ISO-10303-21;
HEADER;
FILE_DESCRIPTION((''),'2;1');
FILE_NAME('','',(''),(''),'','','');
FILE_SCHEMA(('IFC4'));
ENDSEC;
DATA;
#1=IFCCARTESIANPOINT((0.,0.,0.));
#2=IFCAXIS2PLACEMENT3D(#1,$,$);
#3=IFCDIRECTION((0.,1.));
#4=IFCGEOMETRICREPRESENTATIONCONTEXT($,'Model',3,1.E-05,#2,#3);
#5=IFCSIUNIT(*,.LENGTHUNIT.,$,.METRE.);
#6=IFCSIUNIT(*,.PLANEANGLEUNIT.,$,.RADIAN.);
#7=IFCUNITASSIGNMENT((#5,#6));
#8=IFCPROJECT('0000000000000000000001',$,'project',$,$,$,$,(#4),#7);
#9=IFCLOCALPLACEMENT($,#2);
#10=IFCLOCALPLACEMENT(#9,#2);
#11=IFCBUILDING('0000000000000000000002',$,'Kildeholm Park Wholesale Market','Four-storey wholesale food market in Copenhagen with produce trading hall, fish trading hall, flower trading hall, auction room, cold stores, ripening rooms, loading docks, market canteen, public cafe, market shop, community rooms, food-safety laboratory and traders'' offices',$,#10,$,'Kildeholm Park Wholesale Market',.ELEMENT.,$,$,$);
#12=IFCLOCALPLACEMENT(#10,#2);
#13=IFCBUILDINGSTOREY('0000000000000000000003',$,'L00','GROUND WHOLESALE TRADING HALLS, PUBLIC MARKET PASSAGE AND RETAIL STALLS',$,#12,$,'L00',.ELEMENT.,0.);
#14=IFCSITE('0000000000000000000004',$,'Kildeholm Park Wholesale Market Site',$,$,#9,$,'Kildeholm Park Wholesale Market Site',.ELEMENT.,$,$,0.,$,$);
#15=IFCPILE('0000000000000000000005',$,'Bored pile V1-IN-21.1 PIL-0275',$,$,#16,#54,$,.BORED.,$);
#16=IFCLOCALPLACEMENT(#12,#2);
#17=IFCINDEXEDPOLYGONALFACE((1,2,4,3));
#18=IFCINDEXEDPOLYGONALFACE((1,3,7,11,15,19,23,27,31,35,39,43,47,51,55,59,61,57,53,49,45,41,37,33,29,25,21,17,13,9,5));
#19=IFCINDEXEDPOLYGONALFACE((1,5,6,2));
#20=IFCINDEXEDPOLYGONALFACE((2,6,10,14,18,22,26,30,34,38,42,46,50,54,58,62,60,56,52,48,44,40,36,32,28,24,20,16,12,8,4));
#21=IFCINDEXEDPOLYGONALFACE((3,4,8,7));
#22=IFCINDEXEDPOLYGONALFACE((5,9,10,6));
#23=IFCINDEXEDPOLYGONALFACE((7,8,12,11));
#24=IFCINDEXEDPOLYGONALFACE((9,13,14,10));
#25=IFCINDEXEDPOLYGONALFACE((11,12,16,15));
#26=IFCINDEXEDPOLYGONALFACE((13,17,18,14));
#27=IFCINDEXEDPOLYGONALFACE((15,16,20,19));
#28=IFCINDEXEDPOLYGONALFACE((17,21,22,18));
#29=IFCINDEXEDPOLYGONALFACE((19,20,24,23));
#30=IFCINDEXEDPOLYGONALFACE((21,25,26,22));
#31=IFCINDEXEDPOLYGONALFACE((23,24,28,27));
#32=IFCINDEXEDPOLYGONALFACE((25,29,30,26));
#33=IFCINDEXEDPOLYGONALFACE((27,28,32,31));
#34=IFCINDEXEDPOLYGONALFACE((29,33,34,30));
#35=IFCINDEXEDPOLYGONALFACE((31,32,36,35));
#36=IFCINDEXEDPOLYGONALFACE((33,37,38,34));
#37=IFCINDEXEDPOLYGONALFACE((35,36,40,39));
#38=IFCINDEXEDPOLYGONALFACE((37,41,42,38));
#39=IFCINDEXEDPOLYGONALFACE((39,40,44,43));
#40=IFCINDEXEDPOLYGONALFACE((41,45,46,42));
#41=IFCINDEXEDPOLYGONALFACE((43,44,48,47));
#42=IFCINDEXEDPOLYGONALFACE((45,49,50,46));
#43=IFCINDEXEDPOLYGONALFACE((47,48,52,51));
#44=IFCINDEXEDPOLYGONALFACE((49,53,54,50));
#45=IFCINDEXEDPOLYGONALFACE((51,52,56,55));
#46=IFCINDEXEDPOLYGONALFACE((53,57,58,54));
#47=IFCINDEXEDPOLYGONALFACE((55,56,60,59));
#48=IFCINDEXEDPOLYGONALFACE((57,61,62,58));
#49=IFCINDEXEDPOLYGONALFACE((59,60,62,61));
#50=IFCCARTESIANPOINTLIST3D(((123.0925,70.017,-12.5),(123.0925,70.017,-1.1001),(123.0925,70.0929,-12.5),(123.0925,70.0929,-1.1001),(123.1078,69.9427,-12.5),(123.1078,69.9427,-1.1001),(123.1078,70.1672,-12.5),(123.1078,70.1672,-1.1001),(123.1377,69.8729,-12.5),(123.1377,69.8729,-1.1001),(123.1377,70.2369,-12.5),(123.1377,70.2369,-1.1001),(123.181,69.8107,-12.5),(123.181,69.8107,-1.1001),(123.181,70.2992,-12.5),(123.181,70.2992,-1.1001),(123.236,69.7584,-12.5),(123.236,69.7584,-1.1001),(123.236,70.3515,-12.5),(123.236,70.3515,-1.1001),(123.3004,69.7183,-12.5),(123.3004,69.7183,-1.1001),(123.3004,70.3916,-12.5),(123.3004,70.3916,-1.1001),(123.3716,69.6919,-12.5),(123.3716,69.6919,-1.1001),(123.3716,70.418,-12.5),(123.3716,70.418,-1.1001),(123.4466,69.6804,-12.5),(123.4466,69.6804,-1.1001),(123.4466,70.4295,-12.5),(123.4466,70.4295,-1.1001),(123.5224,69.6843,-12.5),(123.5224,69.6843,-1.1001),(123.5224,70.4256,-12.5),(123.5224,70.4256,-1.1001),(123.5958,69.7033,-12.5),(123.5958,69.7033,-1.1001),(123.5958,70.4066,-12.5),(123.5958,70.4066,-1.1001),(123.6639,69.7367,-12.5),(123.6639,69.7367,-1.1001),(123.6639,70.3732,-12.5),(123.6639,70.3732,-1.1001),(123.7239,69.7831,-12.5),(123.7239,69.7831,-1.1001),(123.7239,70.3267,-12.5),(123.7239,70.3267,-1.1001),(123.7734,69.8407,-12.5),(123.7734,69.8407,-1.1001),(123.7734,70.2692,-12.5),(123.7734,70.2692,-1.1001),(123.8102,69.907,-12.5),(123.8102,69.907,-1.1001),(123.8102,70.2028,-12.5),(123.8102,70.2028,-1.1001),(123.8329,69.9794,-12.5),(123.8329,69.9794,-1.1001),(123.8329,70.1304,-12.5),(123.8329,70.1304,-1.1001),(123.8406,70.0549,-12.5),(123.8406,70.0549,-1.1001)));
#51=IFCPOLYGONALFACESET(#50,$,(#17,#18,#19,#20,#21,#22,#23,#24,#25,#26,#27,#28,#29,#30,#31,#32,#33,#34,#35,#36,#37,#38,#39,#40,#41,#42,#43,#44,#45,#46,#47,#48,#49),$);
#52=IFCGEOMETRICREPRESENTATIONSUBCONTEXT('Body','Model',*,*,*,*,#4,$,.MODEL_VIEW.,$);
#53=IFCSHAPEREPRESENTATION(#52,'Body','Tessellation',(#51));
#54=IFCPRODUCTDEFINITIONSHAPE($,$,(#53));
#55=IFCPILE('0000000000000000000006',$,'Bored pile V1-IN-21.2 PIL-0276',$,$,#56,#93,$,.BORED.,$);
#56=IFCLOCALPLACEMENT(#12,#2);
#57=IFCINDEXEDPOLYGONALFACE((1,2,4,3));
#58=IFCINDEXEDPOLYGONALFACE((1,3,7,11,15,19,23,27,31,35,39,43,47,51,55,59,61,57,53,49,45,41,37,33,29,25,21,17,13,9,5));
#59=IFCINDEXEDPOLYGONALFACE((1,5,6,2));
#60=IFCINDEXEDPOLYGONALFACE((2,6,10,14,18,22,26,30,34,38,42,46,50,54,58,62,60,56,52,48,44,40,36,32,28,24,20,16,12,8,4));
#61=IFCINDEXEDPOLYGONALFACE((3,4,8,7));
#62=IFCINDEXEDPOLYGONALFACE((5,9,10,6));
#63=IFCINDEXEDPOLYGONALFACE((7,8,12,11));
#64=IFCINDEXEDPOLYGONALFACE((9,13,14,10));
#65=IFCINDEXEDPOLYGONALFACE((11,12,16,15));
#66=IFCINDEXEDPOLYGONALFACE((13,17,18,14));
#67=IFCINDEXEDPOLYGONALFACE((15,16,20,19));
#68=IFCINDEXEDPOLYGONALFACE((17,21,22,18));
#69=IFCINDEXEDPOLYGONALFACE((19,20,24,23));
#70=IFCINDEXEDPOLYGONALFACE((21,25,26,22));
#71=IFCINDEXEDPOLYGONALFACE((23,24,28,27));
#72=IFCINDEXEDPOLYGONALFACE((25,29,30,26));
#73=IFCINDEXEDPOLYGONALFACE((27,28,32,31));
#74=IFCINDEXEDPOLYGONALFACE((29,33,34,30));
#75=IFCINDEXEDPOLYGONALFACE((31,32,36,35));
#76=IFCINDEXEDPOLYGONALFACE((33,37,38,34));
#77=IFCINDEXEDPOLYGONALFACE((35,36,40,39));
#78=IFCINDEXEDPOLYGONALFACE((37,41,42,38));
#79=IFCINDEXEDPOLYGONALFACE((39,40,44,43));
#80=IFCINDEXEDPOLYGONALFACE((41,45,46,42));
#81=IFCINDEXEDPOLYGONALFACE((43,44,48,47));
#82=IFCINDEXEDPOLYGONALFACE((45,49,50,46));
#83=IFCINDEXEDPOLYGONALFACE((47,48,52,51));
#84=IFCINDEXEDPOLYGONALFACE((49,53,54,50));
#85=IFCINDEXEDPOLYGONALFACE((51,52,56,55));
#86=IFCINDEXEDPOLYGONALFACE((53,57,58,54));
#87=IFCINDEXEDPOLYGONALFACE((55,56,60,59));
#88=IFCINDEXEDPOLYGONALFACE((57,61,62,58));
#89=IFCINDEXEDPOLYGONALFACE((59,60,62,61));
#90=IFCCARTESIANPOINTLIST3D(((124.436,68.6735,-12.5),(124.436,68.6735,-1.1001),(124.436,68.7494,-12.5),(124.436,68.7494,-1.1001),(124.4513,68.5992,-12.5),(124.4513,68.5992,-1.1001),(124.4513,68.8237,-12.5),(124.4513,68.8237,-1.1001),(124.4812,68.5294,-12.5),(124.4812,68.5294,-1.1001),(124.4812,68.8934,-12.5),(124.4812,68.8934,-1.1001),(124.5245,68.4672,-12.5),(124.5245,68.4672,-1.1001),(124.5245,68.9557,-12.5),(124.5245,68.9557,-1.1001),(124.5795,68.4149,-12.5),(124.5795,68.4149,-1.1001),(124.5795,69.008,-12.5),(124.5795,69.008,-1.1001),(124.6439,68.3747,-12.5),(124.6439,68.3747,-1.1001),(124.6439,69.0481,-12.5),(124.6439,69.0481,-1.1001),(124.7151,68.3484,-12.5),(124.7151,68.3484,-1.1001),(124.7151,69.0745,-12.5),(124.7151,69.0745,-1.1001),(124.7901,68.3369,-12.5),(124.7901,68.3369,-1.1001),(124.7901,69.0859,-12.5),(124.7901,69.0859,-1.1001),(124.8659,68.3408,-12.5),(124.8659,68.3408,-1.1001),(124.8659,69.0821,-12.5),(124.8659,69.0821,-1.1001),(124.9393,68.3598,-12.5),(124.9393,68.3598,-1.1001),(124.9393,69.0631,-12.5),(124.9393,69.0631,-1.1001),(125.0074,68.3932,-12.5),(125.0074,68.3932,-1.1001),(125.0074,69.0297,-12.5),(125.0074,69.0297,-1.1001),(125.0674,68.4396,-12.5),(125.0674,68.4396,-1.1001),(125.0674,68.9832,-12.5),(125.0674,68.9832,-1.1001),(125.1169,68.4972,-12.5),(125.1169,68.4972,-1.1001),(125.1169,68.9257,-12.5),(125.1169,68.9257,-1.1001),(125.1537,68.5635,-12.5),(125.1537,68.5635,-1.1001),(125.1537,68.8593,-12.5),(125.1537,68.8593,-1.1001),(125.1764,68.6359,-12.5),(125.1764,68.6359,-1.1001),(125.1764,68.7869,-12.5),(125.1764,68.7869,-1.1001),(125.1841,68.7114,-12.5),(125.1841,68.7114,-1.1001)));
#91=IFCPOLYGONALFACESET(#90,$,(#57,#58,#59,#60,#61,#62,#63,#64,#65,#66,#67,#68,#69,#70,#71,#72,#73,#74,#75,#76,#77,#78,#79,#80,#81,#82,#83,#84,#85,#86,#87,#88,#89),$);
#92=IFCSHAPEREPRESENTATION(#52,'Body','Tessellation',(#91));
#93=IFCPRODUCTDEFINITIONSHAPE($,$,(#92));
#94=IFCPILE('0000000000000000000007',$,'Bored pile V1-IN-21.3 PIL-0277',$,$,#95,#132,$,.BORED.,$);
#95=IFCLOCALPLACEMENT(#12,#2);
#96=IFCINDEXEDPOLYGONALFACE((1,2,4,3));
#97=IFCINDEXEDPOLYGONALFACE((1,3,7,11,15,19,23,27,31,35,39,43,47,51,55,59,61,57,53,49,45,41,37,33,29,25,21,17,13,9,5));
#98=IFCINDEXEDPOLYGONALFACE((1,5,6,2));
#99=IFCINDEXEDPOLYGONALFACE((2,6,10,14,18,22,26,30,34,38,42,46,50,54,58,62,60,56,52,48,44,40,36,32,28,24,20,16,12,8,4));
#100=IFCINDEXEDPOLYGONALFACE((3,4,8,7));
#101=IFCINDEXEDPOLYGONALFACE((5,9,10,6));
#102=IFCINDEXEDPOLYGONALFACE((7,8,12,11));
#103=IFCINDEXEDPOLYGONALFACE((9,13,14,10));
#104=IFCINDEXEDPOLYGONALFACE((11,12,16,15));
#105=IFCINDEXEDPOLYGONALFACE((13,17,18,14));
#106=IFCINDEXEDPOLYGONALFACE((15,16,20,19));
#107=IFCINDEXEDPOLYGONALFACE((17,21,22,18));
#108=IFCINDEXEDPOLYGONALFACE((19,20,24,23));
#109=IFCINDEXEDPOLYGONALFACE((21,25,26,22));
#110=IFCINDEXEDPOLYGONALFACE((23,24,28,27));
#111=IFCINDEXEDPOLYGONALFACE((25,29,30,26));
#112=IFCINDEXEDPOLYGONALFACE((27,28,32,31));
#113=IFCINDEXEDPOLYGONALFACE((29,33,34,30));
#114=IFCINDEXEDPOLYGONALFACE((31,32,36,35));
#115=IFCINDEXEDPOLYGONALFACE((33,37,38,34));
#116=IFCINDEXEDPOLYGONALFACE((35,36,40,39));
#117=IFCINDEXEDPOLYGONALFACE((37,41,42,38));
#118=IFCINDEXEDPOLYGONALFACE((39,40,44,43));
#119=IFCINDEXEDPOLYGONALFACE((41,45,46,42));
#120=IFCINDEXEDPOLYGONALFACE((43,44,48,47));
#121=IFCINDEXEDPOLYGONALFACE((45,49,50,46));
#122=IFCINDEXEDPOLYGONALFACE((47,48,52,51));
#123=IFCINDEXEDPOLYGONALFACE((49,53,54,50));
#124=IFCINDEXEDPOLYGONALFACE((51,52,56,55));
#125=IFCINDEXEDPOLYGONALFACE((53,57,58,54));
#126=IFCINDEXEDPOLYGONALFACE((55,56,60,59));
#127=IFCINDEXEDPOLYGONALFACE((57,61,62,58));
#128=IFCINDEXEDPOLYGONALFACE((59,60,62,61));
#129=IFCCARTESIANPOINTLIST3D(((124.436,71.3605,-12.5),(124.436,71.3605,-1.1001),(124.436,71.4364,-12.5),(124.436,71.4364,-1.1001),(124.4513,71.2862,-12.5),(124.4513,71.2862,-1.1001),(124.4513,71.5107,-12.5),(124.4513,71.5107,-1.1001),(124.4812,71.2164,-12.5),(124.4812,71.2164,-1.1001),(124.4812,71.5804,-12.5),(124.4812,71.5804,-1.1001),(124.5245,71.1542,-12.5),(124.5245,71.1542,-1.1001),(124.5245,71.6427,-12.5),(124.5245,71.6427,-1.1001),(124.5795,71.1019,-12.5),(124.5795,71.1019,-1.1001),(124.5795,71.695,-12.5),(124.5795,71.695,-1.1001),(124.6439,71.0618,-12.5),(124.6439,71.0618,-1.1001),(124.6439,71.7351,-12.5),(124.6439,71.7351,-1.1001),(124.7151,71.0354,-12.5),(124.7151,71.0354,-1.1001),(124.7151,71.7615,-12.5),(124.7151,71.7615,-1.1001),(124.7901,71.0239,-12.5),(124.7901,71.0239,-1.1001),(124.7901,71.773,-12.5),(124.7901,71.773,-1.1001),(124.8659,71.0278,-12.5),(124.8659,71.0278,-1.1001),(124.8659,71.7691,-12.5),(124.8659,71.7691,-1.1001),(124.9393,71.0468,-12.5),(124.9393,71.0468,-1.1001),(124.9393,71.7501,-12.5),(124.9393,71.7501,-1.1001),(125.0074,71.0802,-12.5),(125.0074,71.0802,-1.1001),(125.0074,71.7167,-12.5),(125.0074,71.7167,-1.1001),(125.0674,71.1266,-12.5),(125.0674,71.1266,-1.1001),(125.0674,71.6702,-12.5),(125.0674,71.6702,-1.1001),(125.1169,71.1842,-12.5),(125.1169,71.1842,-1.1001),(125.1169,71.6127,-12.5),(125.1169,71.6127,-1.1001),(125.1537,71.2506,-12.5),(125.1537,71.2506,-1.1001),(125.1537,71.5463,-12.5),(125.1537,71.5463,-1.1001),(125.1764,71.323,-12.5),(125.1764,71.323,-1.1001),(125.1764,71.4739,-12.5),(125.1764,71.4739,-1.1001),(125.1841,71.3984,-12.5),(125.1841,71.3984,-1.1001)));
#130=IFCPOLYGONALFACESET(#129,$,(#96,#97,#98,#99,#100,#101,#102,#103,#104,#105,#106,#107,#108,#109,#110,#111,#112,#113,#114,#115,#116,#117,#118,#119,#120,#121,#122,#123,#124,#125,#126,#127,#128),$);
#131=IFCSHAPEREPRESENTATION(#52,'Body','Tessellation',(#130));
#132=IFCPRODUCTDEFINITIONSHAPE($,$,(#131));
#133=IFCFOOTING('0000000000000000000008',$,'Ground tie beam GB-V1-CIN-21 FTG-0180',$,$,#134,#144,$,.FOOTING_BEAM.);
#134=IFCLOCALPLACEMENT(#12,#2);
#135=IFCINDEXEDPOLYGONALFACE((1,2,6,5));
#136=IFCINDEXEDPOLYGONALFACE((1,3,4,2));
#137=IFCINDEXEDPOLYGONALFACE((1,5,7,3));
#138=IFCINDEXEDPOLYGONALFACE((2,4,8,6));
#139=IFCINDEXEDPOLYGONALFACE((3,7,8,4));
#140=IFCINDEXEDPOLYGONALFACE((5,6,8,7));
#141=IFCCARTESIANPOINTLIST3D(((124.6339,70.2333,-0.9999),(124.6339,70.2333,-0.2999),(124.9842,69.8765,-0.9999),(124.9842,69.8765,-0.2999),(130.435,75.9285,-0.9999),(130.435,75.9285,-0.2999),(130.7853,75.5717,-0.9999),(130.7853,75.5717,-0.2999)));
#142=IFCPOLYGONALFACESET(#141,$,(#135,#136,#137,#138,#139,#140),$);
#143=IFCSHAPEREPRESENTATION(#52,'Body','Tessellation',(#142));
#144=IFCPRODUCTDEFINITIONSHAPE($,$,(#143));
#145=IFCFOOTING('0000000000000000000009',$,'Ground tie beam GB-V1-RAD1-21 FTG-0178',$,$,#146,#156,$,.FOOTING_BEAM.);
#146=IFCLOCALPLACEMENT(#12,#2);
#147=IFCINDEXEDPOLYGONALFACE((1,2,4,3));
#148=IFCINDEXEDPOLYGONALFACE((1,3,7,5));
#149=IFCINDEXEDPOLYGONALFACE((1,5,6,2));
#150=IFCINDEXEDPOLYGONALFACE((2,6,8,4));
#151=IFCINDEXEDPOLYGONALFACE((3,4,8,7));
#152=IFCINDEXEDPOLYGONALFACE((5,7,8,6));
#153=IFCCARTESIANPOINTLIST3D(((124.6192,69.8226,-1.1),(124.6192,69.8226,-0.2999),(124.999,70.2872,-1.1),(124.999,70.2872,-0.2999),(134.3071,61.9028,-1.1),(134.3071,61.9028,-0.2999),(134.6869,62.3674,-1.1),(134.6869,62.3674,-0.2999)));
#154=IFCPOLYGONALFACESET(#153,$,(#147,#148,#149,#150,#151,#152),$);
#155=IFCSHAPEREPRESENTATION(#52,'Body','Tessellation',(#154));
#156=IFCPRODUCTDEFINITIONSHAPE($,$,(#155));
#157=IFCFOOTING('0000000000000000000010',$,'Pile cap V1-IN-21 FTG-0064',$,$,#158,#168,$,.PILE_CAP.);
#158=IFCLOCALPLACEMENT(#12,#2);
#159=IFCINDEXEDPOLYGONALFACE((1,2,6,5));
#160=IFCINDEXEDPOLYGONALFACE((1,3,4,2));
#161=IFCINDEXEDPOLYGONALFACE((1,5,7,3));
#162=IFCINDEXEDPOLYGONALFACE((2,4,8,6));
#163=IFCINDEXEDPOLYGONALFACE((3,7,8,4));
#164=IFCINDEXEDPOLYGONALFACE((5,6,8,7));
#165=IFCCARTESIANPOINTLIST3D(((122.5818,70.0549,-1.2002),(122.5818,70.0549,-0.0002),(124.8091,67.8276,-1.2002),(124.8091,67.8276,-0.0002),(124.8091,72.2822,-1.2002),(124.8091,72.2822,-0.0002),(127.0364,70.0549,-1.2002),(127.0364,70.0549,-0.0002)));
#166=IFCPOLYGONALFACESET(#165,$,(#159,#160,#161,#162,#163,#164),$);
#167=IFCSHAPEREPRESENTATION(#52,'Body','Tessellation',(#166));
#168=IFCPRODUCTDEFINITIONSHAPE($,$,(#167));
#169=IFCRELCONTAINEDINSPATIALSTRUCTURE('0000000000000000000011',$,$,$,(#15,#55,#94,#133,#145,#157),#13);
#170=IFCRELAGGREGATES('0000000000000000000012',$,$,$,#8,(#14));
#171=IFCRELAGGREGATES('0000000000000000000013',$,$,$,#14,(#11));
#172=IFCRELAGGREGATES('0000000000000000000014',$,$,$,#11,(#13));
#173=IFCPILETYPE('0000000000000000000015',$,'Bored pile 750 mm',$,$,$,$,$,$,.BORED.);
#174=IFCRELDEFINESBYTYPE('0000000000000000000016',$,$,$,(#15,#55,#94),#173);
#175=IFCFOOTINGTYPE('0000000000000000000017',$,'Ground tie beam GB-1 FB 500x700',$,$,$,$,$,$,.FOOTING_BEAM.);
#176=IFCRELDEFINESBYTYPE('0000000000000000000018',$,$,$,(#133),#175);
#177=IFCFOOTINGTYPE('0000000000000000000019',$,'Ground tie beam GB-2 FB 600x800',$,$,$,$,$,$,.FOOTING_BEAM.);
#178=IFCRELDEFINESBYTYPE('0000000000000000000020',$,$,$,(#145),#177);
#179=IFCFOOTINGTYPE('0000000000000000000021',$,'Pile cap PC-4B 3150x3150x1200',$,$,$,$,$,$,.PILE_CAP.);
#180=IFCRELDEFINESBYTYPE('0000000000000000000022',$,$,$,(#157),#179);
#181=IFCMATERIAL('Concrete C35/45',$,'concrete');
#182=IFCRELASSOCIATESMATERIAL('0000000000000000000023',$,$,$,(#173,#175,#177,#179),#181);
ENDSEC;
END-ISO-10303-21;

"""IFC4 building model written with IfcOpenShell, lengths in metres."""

from ifc_helpers import new_model, si_unit, direction, frame, origin, origin_2d, place, context, subcontext, project, spatial, rectangle, circle, extrude, material, material_profile, profile_set, type_object, element, save


model = new_model("IFC4")

# Units and contexts
model_context = context("Model", 3, precision=1e-05, world=origin(), true_north=direction((0.0, 1.0)))
body_context = subcontext(model_context, "Body", "Model", "MODEL_VIEW")
ifc_project = project(units=[si_unit("LENGTHUNIT", "METRE"), si_unit("PLANEANGLEUNIT", "RADIAN")], contexts=[model_context])

# Site, building, storey
site_placement = place(None, origin())
site = spatial("IfcSite", under=ifc_project, at=site_placement, Name="Kildeholm Park Wholesale Market Site", LongName="Kildeholm Park Wholesale Market Site", CompositionType="ELEMENT", RefElevation=0.0)
building_placement = place(site_placement, origin())
building = spatial("IfcBuilding", under=site, at=building_placement, Name="Kildeholm Park Wholesale Market", Description="Four-storey wholesale food market in Copenhagen with produce trading hall, fish trading hall, flower trading hall, auction room, cold stores, ripening rooms, loading docks, market canteen, public cafe, market shop, community rooms, food-safety laboratory and traders' offices", LongName="Kildeholm Park Wholesale Market", CompositionType="ELEMENT")
storey_placement = place(building_placement, origin())
storey = spatial("IfcBuildingStorey", under=building, at=storey_placement, Name="L00", Description="GROUND WHOLESALE TRADING HALLS, PUBLIC MARKET PASSAGE AND RETAIL STALLS", LongName="L00", CompositionType="ELEMENT", Elevation=0.0)

# Piles
ifc_material_1 = material(Name="Concrete C35/45", Category="concrete")
ifc_material_profile_1 = material_profile(ifc_material_1, circle(Radius=0.375, at=origin_2d()), Name="PILE D750")
ifc_profile_set_1 = profile_set([ifc_material_profile_1], Name="Concrete C35/45")
pile_type = type_object("IfcPileType", Name="Bored pile 750 mm", PredefinedType="BORED", material=ifc_profile_set_1)
for number, where, z_axis, x_axis, name in (
    (1, (123.4656, 70.0549, -1.1001), (0.0, 0.0, -1.0), (1.0, 0.0, 0.0), "Bored pile V1-IN-21.1 PIL-0275"),
    (2, (124.8091, 68.7114, -1.1001), (0.0, 0.0, -1.0), (1.0, 0.0, 0.0), "Bored pile V1-IN-21.2 PIL-0276"),
    (3, (124.8091, 71.3984, -1.1001), (0.0, 0.0, -1.0), (1.0, 0.0, 0.0), "Bored pile V1-IN-21.3 PIL-0277"),
):
    element("IfcPile", number, at=place(storey_placement, frame(where, z_axis=z_axis, x_axis=x_axis)), inside=storey, type_object=pile_type, Name=name, PredefinedType="BORED", context=body_context, shape_type="SweptSolid", body=[
        extrude(circle(Radius=0.375, at=origin_2d()), origin(), (0.0, 0.0, 1.0), 11.3999),
    ])

# Footings
ifc_material_profile_2 = material_profile(ifc_material_1, rectangle(XDim=0.5, YDim=0.7, at=origin_2d()), Name="FB 500x700")
ifc_profile_set_2 = profile_set([ifc_material_profile_2], Name="Concrete C35/45")
footing_type_1 = type_object("IfcFootingType", Name="Ground tie beam GB-1 FB 500x700", PredefinedType="FOOTING_BEAM", material=ifc_profile_set_2)
footing_1_placement = place(storey_placement, frame((124.8091, 70.0549, -0.6499), z_axis=(0.713594, 0.70056, 0.0), x_axis=(-0.70056, 0.713594, 0.0)))
element("IfcFooting", 4, at=footing_1_placement, inside=storey, type_object=footing_type_1, Name="Ground tie beam GB-V1-CIN-21 FTG-0180", PredefinedType="FOOTING_BEAM", context=body_context, shape_type="SweptSolid", body=[
    extrude(rectangle(XDim=0.5, YDim=0.7, at=origin_2d()), origin(), (0.0, 0.0, 1.0), 8.1294),
])
ifc_material_profile_3 = material_profile(ifc_material_1, rectangle(XDim=0.6001, YDim=0.8, at=origin_2d()), Name="FB 600x800")
ifc_profile_set_3 = profile_set([ifc_material_profile_3], Name="Concrete C35/45")
footing_type_2 = type_object("IfcFootingType", Name="Ground tie beam GB-2 FB 600x800", PredefinedType="FOOTING_BEAM", material=ifc_profile_set_3)
footing_2_placement = place(storey_placement, frame((124.8091, 70.0549, -0.7), z_axis=(0.774216, -0.632921, 0.0), x_axis=(0.632921, 0.774216, 0.0)))
element("IfcFooting", 5, at=footing_2_placement, inside=storey, type_object=footing_type_2, Name="Ground tie beam GB-V1-RAD1-21 FTG-0178", PredefinedType="FOOTING_BEAM", context=body_context, shape_type="SweptSolid", body=[
    extrude(rectangle(XDim=0.6001, YDim=0.8, at=origin_2d()), origin(), (0.0, 0.0, 1.0), 12.5132),
])
footing_type_3 = type_object("IfcFootingType", Name="Pile cap PC-4B 3150x3150x1200", PredefinedType="PILE_CAP", material=ifc_material_1)
footing_3_placement = place(storey_placement, frame((124.8091, 70.0549, -1.2002), z_axis=(0.0, 0.0, 1.0), x_axis=(0.707107, -0.707107, 0.0)))
element("IfcFooting", 6, at=footing_3_placement, inside=storey, type_object=footing_type_3, Name="Pile cap V1-IN-21 FTG-0064", PredefinedType="PILE_CAP", context=body_context, shape_type="SweptSolid", body=[
    extrude(rectangle(XDim=3.1499, YDim=3.1499, at=origin_2d()), origin(), (0.0, 0.0, 1.0), 1.2),
])

save(model, "model.ifc")
